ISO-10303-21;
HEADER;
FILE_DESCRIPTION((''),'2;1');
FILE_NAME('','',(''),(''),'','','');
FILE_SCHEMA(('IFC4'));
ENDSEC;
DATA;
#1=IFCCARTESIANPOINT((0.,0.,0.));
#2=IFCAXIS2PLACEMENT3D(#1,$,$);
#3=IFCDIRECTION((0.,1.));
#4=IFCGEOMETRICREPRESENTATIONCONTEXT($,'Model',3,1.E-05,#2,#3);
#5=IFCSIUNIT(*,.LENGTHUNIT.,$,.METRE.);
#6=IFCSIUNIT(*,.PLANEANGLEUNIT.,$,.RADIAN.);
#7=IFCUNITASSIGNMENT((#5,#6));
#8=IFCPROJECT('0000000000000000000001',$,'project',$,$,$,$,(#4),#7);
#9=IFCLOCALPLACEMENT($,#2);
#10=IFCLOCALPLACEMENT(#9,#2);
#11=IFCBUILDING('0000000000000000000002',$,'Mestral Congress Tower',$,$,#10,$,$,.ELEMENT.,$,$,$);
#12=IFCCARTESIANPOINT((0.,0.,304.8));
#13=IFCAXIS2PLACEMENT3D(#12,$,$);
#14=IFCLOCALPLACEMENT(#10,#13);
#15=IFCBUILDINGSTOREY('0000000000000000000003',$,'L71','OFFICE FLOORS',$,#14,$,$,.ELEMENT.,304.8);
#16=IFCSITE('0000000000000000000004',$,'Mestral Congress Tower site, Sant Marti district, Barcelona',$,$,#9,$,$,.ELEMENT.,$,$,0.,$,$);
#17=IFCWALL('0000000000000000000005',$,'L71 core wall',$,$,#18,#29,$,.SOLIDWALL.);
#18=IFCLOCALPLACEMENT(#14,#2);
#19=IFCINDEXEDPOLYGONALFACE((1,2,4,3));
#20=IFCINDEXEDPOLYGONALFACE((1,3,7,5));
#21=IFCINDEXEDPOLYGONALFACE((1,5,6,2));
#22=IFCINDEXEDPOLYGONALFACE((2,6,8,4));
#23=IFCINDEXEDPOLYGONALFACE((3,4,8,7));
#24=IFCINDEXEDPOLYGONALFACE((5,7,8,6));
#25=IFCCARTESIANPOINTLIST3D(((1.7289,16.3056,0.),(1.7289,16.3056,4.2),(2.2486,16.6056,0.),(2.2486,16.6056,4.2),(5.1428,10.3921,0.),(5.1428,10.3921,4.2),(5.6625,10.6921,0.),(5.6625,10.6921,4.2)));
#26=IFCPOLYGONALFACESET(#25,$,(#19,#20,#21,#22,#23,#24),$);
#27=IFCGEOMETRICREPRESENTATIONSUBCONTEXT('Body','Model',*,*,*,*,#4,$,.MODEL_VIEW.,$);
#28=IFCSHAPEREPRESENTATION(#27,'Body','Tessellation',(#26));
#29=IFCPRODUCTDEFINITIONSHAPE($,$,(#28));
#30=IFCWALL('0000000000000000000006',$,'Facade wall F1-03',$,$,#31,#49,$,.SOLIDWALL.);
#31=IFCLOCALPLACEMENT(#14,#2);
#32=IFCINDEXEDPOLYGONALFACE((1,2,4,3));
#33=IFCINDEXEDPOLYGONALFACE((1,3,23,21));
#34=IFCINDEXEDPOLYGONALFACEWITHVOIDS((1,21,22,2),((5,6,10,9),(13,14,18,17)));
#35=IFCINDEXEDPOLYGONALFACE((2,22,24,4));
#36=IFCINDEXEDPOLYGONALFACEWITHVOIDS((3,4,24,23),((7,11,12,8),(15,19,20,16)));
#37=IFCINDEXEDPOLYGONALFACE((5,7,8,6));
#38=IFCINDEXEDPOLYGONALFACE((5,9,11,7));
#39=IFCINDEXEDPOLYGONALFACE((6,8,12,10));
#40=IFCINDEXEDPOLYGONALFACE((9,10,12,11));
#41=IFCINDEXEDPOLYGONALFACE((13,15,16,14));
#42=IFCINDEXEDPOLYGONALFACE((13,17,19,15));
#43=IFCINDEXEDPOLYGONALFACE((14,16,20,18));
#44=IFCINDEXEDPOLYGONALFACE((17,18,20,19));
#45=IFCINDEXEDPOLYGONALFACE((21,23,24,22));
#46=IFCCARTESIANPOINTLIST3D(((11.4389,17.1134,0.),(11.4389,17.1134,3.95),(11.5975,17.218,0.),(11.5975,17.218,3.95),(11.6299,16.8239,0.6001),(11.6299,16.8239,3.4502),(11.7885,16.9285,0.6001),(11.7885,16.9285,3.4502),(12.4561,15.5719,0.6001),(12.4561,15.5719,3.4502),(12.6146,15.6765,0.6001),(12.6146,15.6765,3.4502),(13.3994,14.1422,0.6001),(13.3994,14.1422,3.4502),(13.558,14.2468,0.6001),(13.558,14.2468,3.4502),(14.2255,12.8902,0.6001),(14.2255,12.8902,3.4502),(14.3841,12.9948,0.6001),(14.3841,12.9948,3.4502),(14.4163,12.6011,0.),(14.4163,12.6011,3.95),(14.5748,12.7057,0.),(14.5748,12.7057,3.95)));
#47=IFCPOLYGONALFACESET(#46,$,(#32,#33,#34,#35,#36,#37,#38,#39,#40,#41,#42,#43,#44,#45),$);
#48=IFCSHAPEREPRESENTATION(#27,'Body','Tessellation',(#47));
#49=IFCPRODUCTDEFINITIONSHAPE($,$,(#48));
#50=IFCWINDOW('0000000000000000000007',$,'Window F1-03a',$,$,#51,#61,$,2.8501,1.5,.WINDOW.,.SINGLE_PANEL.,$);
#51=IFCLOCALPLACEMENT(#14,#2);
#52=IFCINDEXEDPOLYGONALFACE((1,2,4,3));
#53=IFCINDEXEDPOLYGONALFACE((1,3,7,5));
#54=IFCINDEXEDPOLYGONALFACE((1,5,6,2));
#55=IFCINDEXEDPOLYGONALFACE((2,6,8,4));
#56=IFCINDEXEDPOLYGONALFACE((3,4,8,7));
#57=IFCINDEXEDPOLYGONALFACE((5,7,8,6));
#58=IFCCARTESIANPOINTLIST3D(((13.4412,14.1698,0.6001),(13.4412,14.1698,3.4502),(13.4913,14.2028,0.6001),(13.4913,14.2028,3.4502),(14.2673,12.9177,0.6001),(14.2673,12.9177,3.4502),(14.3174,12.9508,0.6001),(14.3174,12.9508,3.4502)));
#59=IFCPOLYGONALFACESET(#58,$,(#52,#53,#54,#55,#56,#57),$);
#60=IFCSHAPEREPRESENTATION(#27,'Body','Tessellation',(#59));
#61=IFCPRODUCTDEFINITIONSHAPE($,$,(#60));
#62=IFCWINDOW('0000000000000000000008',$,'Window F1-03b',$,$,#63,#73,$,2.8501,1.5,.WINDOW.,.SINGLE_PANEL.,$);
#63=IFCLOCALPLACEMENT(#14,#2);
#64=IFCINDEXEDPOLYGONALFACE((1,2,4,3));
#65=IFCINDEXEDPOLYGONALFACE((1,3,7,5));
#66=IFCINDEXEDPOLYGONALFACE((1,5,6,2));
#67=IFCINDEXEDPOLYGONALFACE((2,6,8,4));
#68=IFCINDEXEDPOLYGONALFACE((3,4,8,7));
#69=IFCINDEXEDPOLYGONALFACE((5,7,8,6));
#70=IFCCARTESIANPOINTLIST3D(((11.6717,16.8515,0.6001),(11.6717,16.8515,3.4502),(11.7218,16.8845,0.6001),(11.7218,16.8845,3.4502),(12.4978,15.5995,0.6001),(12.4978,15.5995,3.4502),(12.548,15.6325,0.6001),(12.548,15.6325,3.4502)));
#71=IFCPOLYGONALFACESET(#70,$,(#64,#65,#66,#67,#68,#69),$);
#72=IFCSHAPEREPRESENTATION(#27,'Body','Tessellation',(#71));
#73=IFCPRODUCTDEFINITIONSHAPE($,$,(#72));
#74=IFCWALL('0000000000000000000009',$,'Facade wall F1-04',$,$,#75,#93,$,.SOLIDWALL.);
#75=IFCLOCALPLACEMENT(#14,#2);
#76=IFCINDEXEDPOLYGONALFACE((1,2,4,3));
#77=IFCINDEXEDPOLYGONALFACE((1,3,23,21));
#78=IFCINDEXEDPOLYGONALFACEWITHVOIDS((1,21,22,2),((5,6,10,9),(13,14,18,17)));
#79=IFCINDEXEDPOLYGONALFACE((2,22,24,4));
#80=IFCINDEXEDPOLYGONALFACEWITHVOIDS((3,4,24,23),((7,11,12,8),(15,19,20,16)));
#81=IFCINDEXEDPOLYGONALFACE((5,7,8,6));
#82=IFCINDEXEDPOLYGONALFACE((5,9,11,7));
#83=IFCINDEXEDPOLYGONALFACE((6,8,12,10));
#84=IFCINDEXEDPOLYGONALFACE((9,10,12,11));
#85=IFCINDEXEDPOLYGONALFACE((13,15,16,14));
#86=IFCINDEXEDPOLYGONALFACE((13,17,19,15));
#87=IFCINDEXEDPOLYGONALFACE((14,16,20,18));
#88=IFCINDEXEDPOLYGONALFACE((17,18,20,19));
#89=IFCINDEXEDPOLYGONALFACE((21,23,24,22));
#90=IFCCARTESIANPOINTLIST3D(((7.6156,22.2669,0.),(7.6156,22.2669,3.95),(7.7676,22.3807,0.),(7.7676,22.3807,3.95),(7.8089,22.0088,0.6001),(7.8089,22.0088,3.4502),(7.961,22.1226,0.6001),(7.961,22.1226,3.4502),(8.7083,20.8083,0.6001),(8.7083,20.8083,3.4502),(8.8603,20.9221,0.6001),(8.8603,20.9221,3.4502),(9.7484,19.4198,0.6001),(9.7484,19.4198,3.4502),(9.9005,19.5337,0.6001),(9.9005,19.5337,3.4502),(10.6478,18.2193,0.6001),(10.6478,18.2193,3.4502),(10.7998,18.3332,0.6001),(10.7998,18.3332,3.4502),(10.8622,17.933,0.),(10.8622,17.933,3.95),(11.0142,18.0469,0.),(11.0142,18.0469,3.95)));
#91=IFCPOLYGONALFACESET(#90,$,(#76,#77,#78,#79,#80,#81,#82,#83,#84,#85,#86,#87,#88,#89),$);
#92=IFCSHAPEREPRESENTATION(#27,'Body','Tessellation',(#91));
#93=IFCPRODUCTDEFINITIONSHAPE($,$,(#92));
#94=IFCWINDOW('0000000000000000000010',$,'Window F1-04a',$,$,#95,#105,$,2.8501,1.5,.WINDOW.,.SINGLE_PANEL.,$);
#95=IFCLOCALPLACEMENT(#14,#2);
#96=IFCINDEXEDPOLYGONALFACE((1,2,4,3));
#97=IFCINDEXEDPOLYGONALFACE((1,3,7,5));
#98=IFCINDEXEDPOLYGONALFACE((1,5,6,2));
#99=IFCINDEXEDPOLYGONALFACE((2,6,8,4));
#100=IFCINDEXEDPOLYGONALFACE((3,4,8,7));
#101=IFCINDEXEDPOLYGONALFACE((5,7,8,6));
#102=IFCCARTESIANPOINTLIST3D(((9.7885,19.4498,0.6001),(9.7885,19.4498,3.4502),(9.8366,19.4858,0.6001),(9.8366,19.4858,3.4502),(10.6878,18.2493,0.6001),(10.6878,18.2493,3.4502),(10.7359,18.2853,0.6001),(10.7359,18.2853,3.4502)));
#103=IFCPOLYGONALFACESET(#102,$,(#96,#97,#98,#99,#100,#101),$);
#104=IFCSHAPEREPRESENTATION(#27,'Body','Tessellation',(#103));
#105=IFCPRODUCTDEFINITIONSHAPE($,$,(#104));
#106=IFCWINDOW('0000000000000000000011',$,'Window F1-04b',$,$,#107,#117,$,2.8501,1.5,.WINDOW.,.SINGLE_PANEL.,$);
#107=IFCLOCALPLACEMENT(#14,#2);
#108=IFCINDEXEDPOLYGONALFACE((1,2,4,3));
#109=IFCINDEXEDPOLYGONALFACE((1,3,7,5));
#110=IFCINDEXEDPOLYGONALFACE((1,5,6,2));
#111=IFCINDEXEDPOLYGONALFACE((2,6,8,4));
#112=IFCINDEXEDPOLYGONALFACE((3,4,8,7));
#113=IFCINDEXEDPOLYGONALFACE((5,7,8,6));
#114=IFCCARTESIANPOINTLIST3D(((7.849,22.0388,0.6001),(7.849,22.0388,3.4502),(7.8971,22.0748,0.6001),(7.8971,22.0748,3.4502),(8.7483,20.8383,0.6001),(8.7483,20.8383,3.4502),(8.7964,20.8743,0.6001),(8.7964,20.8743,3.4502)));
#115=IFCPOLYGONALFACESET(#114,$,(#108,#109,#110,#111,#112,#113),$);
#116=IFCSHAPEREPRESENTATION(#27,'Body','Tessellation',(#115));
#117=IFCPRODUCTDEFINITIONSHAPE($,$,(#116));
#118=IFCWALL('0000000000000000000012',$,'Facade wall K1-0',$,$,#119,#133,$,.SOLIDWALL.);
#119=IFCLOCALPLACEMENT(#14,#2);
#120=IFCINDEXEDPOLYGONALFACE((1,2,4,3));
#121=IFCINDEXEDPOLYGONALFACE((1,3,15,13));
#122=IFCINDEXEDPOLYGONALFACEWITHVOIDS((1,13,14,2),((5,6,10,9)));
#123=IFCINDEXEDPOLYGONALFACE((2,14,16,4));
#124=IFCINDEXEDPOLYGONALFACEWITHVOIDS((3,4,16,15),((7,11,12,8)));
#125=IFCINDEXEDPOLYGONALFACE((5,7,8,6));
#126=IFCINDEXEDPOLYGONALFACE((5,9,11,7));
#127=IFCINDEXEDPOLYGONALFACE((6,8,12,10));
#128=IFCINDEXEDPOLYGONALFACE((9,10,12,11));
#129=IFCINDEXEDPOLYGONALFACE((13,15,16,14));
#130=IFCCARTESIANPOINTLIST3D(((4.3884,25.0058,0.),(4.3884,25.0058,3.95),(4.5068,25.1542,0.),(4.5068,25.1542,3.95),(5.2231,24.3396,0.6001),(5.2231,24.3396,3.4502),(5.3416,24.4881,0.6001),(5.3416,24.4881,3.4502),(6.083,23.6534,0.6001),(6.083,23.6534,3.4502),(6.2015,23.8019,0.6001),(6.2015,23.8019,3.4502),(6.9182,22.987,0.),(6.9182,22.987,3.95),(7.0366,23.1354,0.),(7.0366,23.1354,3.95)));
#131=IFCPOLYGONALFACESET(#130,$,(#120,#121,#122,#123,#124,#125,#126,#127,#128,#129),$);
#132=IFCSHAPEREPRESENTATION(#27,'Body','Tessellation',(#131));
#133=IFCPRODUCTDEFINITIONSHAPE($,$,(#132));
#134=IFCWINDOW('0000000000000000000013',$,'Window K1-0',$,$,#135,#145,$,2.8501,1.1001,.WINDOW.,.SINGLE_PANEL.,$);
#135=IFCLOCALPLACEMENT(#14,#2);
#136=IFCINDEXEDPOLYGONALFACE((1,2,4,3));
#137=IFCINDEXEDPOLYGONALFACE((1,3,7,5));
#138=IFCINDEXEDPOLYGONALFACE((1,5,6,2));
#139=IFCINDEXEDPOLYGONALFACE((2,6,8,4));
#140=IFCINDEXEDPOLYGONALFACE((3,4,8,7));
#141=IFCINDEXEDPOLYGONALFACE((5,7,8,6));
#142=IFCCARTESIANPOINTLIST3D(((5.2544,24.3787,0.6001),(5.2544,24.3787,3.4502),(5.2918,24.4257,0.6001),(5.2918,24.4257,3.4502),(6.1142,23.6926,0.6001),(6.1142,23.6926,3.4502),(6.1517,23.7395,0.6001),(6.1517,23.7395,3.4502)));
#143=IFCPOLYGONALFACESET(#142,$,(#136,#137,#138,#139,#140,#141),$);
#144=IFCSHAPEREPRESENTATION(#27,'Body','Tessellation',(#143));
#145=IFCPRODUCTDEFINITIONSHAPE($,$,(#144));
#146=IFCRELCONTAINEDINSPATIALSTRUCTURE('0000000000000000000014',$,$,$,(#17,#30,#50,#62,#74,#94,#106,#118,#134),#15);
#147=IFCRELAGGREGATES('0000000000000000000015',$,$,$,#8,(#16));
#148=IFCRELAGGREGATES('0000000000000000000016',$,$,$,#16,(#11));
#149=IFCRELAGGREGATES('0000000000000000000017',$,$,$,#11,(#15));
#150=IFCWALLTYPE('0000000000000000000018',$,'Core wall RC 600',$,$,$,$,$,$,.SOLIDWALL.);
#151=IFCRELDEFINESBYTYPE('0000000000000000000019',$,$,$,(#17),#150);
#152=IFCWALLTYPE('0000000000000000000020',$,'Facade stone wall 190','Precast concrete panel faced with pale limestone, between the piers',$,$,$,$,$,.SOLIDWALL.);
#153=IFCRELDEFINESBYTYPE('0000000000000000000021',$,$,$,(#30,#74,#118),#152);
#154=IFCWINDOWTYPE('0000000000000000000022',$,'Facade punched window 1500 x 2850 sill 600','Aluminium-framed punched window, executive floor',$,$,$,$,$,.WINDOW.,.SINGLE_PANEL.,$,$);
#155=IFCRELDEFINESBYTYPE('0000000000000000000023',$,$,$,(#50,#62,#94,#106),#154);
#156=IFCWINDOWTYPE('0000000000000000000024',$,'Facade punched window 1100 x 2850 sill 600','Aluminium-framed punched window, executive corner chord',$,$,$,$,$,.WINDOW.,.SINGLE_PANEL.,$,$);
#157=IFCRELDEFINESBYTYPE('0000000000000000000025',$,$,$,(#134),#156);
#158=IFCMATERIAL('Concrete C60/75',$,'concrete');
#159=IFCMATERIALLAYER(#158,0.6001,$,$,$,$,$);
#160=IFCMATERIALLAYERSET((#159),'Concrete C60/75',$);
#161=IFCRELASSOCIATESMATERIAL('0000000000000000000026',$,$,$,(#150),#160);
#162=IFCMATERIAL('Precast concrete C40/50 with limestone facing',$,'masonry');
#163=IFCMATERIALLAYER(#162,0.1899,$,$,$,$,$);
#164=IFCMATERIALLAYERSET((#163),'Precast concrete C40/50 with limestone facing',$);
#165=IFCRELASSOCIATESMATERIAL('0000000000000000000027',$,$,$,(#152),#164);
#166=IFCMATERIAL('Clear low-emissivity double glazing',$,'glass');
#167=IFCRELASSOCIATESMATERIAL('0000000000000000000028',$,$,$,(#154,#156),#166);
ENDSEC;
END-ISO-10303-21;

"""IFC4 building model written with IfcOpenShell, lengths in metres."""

from ifc_helpers import new_model, si_unit, direction, frame, frame_2d, origin, place, context, subcontext, project, spatial, rectangle, extrude, material, layer, layer_set, type_object, element, fill, save


model = new_model("IFC4")

# Units and contexts
model_context = context("Model", 3, precision=1e-05, world=origin(), true_north=direction((0.0, 1.0)))
body_context = subcontext(model_context, "Body", "Model", "MODEL_VIEW")
ifc_project = project(units=[si_unit("LENGTHUNIT", "METRE"), si_unit("PLANEANGLEUNIT", "RADIAN")], contexts=[model_context])

# Site, building, storey
site_placement = place(None, origin())
site = spatial("IfcSite", under=ifc_project, at=site_placement, Name="Mestral Congress Tower site, Sant Marti district, Barcelona", CompositionType="ELEMENT", RefElevation=0.0)
building_placement = place(site_placement, origin())
building = spatial("IfcBuilding", under=site, at=building_placement, Name="Mestral Congress Tower", CompositionType="ELEMENT")
storey_placement = place(building_placement, frame((0.0, 0.0, 304.8)))
storey = spatial("IfcBuildingStorey", under=building, at=storey_placement, Name="L71", Description="OFFICE FLOORS", CompositionType="ELEMENT", Elevation=304.8)

# Shared definitions
ifc_material_1 = material(Name="Concrete C60/75", Category="concrete")

# Wall
ifc_layer_1 = layer(ifc_material_1, 0.6001)
ifc_layer_set_1 = layer_set([ifc_layer_1], Name="Concrete C60/75")
wall_type_1 = type_object("IfcWallType", Name="Core wall RC 600", PredefinedType="SOLIDWALL", material=ifc_layer_set_1)
wall_1_placement = place(storey_placement, frame((1.9888, 16.4556, 0.0), z_axis=(0.0, 0.0, 1.0), x_axis=(0.499973, -0.866041, 0.0)))
element("IfcWall", 1, at=wall_1_placement, inside=storey, type_object=wall_type_1, Name="L71 core wall", PredefinedType="SOLIDWALL", context=body_context, shape_type="SweptSolid", body=[
    extrude(rectangle(XDim=6.8281, YDim=0.6001, at=frame_2d((3.4141, 0.0))), origin(), (0.0, 0.0, 1.0), 4.2),
])

# Walls, openings, windows
ifc_material_2 = material(Name="Precast concrete C40/50 with limestone facing", Category="masonry")
ifc_layer_2 = layer(ifc_material_2, 0.1899)
ifc_layer_set_2 = layer_set([ifc_layer_2], Name="Precast concrete C40/50 with limestone facing")
wall_type_2 = type_object("IfcWallType", Name="Facade stone wall 190", Description="Precast concrete panel faced with pale limestone, between the piers", PredefinedType="SOLIDWALL", material=ifc_layer_set_2)
wall_2_placement = place(storey_placement, frame((14.4956, 12.6533, 0.0), z_axis=(0.0, 0.0, 1.0), x_axis=(-0.550744, 0.834674, 0.0)))
wall_2 = element("IfcWall", 2, at=wall_2_placement, inside=storey, type_object=wall_type_2, Name="Facade wall F1-03", PredefinedType="SOLIDWALL", context=body_context, shape_type="SweptSolid", body=[
    extrude(rectangle(XDim=5.406, YDim=0.1899, at=frame_2d((2.7031, 0.0))), origin(), (0.0, 0.0, 1.0), 3.95),
])
opening_1_placement = place(wall_2_placement, frame((0.3464, 0.0, 0.6001)))
opening_1 = element("IfcOpeningElement", 3, at=opening_1_placement, cuts=wall_2, PredefinedType="OPENING", context=body_context, shape_type="SweptSolid", body=[
    extrude(rectangle(XDim=1.5, YDim=2.8501, at=frame_2d((0.75, 1.425))), frame((0.0, 0.105, 0.0), z_axis=(0.0, -1.0, 0.0), x_axis=(1.0, 0.0, 0.0)), (0.0, 0.0, 1.0), 0.21),
])
opening_2_placement = place(wall_2_placement, frame((3.5593, 0.0, 0.6001)))
opening_2 = element("IfcOpeningElement", 4, at=opening_2_placement, cuts=wall_2, PredefinedType="OPENING", context=body_context, shape_type="SweptSolid", body=[
    extrude(rectangle(XDim=1.5, YDim=2.8501, at=frame_2d((0.75, 1.425))), frame((0.0, 0.105, 0.0), z_axis=(0.0, -1.0, 0.0), x_axis=(1.0, 0.0, 0.0)), (0.0, 0.0, 1.0), 0.21),
])
ifc_material_3 = material(Name="Clear low-emissivity double glazing", Category="glass")
window_type_1 = type_object("IfcWindowType", Name="Facade punched window 1500 x 2850 sill 600", Description="Aluminium-framed punched window, executive floor", PartitioningType="SINGLE_PANEL", PredefinedType="WINDOW", material=ifc_material_3)
window_1_placement = place(opening_1_placement, origin())
window_1 = element("IfcWindow", 5, at=window_1_placement, inside=storey, type_object=window_type_1, Name="Window F1-03a", OverallHeight=2.8501, OverallWidth=1.5, PartitioningType="SINGLE_PANEL", PredefinedType="WINDOW", context=body_context, shape_type="SweptSolid", body=[
    extrude(rectangle(XDim=1.5, YDim=2.8501, at=frame_2d((0.75, 1.425))), frame((0.0, 0.0449, 0.0), z_axis=(0.0, -1.0, 0.0), x_axis=(1.0, 0.0, 0.0)), (0.0, 0.0, 1.0), 0.0601),
])
fill(opening_1, window_1)
window_2_placement = place(opening_2_placement, origin())
window_2 = element("IfcWindow", 6, at=window_2_placement, inside=storey, type_object=window_type_1, Name="Window F1-03b", OverallHeight=2.8501, OverallWidth=1.5, PartitioningType="SINGLE_PANEL", PredefinedType="WINDOW", context=body_context, shape_type="SweptSolid", body=[
    extrude(rectangle(XDim=1.5, YDim=2.8501, at=frame_2d((0.75, 1.425))), frame((0.0, 0.0449, 0.0), z_axis=(0.0, -1.0, 0.0), x_axis=(1.0, 0.0, 0.0)), (0.0, 0.0, 1.0), 0.0601),
])
fill(opening_2, window_2)
wall_3_placement = place(storey_placement, frame((10.9382, 17.99, 0.0), z_axis=(0.0, 0.0, 1.0), x_axis=(-0.59956, 0.80033, 0.0)))
wall_3 = element("IfcWall", 7, at=wall_3_placement, inside=storey, type_object=wall_type_2, Name="Facade wall F1-04", PredefinedType="SOLIDWALL", context=body_context, shape_type="SweptSolid", body=[
    extrude(rectangle(XDim=5.415, YDim=0.1899, at=frame_2d((2.7075, 0.0))), origin(), (0.0, 0.0, 1.0), 3.95),
])
opening_3_placement = place(wall_3_placement, frame((0.3577, 0.0, 0.6001)))
opening_3 = element("IfcOpeningElement", 8, at=opening_3_placement, cuts=wall_3, PredefinedType="OPENING", context=body_context, shape_type="SweptSolid", body=[
    extrude(rectangle(XDim=1.5, YDim=2.8501, at=frame_2d((0.75, 1.425))), frame((0.0, 0.105, 0.0), z_axis=(0.0, -1.0, 0.0), x_axis=(1.0, 0.0, 0.0)), (0.0, 0.0, 1.0), 0.21),
])
opening_4_placement = place(wall_3_placement, frame((3.5925, 0.0, 0.6001)))
opening_4 = element("IfcOpeningElement", 9, at=opening_4_placement, cuts=wall_3, PredefinedType="OPENING", context=body_context, shape_type="SweptSolid", body=[
    extrude(rectangle(XDim=1.5, YDim=2.8501, at=frame_2d((0.75, 1.425))), frame((0.0, 0.105, 0.0), z_axis=(0.0, -1.0, 0.0), x_axis=(1.0, 0.0, 0.0)), (0.0, 0.0, 1.0), 0.21),
])
window_3_placement = place(opening_3_placement, origin())
window_3 = element("IfcWindow", 10, at=window_3_placement, inside=storey, type_object=window_type_1, Name="Window F1-04a", OverallHeight=2.8501, OverallWidth=1.5, PartitioningType="SINGLE_PANEL", PredefinedType="WINDOW", context=body_context, shape_type="SweptSolid", body=[
    extrude(rectangle(XDim=1.5, YDim=2.8501, at=frame_2d((0.75, 1.425))), frame((0.0, 0.0449, 0.0), z_axis=(0.0, -1.0, 0.0), x_axis=(1.0, 0.0, 0.0)), (0.0, 0.0, 1.0), 0.0601),
])
fill(opening_3, window_3)
window_4_placement = place(opening_4_placement, origin())
window_4 = element("IfcWindow", 11, at=window_4_placement, inside=storey, type_object=window_type_1, Name="Window F1-04b", OverallHeight=2.8501, OverallWidth=1.5, PartitioningType="SINGLE_PANEL", PredefinedType="WINDOW", context=body_context, shape_type="SweptSolid", body=[
    extrude(rectangle(XDim=1.5, YDim=2.8501, at=frame_2d((0.75, 1.425))), frame((0.0, 0.0449, 0.0), z_axis=(0.0, -1.0, 0.0), x_axis=(1.0, 0.0, 0.0)), (0.0, 0.0, 1.0), 0.0601),
])
fill(opening_4, window_4)

# Wall, opening, window
wall_4_placement = place(storey_placement, frame((6.9773, 23.0613, 0.0), z_axis=(0.0, 0.0, 1.0), x_axis=(-0.781626, 0.623747, 0.0)))
wall_4 = element("IfcWall", 12, at=wall_4_placement, inside=storey, type_object=wall_type_2, Name="Facade wall K1-0", PredefinedType="SOLIDWALL", context=body_context, shape_type="SweptSolid", body=[
    extrude(rectangle(XDim=3.2366, YDim=0.1899, at=frame_2d((1.6182, 0.0))), origin(), (0.0, 0.0, 1.0), 3.95),
])
opening_5_placement = place(wall_4_placement, frame((1.0684, 0.0, 0.6001)))
opening_5 = element("IfcOpeningElement", 13, at=opening_5_placement, cuts=wall_4, PredefinedType="OPENING", context=body_context, shape_type="SweptSolid", body=[
    extrude(rectangle(XDim=1.1001, YDim=2.8501, at=frame_2d((0.55, 1.425))), frame((0.0, 0.105, 0.0), z_axis=(0.0, -1.0, 0.0), x_axis=(1.0, 0.0, 0.0)), (0.0, 0.0, 1.0), 0.21),
])
window_type_2 = type_object("IfcWindowType", Name="Facade punched window 1100 x 2850 sill 600", Description="Aluminium-framed punched window, executive corner chord", PartitioningType="SINGLE_PANEL", PredefinedType="WINDOW", material=ifc_material_3)
window_5_placement = place(opening_5_placement, origin())
window_5 = element("IfcWindow", 14, at=window_5_placement, inside=storey, type_object=window_type_2, Name="Window K1-0", OverallHeight=2.8501, OverallWidth=1.1001, PartitioningType="SINGLE_PANEL", PredefinedType="WINDOW", context=body_context, shape_type="SweptSolid", body=[
    extrude(rectangle(XDim=1.1001, YDim=2.8501, at=frame_2d((0.55, 1.425))), frame((0.0, 0.0449, 0.0), z_axis=(0.0, -1.0, 0.0), x_axis=(1.0, 0.0, 0.0)), (0.0, 0.0, 1.0), 0.0601),
])
fill(opening_5, window_5)

save(model, "model.ifc")
